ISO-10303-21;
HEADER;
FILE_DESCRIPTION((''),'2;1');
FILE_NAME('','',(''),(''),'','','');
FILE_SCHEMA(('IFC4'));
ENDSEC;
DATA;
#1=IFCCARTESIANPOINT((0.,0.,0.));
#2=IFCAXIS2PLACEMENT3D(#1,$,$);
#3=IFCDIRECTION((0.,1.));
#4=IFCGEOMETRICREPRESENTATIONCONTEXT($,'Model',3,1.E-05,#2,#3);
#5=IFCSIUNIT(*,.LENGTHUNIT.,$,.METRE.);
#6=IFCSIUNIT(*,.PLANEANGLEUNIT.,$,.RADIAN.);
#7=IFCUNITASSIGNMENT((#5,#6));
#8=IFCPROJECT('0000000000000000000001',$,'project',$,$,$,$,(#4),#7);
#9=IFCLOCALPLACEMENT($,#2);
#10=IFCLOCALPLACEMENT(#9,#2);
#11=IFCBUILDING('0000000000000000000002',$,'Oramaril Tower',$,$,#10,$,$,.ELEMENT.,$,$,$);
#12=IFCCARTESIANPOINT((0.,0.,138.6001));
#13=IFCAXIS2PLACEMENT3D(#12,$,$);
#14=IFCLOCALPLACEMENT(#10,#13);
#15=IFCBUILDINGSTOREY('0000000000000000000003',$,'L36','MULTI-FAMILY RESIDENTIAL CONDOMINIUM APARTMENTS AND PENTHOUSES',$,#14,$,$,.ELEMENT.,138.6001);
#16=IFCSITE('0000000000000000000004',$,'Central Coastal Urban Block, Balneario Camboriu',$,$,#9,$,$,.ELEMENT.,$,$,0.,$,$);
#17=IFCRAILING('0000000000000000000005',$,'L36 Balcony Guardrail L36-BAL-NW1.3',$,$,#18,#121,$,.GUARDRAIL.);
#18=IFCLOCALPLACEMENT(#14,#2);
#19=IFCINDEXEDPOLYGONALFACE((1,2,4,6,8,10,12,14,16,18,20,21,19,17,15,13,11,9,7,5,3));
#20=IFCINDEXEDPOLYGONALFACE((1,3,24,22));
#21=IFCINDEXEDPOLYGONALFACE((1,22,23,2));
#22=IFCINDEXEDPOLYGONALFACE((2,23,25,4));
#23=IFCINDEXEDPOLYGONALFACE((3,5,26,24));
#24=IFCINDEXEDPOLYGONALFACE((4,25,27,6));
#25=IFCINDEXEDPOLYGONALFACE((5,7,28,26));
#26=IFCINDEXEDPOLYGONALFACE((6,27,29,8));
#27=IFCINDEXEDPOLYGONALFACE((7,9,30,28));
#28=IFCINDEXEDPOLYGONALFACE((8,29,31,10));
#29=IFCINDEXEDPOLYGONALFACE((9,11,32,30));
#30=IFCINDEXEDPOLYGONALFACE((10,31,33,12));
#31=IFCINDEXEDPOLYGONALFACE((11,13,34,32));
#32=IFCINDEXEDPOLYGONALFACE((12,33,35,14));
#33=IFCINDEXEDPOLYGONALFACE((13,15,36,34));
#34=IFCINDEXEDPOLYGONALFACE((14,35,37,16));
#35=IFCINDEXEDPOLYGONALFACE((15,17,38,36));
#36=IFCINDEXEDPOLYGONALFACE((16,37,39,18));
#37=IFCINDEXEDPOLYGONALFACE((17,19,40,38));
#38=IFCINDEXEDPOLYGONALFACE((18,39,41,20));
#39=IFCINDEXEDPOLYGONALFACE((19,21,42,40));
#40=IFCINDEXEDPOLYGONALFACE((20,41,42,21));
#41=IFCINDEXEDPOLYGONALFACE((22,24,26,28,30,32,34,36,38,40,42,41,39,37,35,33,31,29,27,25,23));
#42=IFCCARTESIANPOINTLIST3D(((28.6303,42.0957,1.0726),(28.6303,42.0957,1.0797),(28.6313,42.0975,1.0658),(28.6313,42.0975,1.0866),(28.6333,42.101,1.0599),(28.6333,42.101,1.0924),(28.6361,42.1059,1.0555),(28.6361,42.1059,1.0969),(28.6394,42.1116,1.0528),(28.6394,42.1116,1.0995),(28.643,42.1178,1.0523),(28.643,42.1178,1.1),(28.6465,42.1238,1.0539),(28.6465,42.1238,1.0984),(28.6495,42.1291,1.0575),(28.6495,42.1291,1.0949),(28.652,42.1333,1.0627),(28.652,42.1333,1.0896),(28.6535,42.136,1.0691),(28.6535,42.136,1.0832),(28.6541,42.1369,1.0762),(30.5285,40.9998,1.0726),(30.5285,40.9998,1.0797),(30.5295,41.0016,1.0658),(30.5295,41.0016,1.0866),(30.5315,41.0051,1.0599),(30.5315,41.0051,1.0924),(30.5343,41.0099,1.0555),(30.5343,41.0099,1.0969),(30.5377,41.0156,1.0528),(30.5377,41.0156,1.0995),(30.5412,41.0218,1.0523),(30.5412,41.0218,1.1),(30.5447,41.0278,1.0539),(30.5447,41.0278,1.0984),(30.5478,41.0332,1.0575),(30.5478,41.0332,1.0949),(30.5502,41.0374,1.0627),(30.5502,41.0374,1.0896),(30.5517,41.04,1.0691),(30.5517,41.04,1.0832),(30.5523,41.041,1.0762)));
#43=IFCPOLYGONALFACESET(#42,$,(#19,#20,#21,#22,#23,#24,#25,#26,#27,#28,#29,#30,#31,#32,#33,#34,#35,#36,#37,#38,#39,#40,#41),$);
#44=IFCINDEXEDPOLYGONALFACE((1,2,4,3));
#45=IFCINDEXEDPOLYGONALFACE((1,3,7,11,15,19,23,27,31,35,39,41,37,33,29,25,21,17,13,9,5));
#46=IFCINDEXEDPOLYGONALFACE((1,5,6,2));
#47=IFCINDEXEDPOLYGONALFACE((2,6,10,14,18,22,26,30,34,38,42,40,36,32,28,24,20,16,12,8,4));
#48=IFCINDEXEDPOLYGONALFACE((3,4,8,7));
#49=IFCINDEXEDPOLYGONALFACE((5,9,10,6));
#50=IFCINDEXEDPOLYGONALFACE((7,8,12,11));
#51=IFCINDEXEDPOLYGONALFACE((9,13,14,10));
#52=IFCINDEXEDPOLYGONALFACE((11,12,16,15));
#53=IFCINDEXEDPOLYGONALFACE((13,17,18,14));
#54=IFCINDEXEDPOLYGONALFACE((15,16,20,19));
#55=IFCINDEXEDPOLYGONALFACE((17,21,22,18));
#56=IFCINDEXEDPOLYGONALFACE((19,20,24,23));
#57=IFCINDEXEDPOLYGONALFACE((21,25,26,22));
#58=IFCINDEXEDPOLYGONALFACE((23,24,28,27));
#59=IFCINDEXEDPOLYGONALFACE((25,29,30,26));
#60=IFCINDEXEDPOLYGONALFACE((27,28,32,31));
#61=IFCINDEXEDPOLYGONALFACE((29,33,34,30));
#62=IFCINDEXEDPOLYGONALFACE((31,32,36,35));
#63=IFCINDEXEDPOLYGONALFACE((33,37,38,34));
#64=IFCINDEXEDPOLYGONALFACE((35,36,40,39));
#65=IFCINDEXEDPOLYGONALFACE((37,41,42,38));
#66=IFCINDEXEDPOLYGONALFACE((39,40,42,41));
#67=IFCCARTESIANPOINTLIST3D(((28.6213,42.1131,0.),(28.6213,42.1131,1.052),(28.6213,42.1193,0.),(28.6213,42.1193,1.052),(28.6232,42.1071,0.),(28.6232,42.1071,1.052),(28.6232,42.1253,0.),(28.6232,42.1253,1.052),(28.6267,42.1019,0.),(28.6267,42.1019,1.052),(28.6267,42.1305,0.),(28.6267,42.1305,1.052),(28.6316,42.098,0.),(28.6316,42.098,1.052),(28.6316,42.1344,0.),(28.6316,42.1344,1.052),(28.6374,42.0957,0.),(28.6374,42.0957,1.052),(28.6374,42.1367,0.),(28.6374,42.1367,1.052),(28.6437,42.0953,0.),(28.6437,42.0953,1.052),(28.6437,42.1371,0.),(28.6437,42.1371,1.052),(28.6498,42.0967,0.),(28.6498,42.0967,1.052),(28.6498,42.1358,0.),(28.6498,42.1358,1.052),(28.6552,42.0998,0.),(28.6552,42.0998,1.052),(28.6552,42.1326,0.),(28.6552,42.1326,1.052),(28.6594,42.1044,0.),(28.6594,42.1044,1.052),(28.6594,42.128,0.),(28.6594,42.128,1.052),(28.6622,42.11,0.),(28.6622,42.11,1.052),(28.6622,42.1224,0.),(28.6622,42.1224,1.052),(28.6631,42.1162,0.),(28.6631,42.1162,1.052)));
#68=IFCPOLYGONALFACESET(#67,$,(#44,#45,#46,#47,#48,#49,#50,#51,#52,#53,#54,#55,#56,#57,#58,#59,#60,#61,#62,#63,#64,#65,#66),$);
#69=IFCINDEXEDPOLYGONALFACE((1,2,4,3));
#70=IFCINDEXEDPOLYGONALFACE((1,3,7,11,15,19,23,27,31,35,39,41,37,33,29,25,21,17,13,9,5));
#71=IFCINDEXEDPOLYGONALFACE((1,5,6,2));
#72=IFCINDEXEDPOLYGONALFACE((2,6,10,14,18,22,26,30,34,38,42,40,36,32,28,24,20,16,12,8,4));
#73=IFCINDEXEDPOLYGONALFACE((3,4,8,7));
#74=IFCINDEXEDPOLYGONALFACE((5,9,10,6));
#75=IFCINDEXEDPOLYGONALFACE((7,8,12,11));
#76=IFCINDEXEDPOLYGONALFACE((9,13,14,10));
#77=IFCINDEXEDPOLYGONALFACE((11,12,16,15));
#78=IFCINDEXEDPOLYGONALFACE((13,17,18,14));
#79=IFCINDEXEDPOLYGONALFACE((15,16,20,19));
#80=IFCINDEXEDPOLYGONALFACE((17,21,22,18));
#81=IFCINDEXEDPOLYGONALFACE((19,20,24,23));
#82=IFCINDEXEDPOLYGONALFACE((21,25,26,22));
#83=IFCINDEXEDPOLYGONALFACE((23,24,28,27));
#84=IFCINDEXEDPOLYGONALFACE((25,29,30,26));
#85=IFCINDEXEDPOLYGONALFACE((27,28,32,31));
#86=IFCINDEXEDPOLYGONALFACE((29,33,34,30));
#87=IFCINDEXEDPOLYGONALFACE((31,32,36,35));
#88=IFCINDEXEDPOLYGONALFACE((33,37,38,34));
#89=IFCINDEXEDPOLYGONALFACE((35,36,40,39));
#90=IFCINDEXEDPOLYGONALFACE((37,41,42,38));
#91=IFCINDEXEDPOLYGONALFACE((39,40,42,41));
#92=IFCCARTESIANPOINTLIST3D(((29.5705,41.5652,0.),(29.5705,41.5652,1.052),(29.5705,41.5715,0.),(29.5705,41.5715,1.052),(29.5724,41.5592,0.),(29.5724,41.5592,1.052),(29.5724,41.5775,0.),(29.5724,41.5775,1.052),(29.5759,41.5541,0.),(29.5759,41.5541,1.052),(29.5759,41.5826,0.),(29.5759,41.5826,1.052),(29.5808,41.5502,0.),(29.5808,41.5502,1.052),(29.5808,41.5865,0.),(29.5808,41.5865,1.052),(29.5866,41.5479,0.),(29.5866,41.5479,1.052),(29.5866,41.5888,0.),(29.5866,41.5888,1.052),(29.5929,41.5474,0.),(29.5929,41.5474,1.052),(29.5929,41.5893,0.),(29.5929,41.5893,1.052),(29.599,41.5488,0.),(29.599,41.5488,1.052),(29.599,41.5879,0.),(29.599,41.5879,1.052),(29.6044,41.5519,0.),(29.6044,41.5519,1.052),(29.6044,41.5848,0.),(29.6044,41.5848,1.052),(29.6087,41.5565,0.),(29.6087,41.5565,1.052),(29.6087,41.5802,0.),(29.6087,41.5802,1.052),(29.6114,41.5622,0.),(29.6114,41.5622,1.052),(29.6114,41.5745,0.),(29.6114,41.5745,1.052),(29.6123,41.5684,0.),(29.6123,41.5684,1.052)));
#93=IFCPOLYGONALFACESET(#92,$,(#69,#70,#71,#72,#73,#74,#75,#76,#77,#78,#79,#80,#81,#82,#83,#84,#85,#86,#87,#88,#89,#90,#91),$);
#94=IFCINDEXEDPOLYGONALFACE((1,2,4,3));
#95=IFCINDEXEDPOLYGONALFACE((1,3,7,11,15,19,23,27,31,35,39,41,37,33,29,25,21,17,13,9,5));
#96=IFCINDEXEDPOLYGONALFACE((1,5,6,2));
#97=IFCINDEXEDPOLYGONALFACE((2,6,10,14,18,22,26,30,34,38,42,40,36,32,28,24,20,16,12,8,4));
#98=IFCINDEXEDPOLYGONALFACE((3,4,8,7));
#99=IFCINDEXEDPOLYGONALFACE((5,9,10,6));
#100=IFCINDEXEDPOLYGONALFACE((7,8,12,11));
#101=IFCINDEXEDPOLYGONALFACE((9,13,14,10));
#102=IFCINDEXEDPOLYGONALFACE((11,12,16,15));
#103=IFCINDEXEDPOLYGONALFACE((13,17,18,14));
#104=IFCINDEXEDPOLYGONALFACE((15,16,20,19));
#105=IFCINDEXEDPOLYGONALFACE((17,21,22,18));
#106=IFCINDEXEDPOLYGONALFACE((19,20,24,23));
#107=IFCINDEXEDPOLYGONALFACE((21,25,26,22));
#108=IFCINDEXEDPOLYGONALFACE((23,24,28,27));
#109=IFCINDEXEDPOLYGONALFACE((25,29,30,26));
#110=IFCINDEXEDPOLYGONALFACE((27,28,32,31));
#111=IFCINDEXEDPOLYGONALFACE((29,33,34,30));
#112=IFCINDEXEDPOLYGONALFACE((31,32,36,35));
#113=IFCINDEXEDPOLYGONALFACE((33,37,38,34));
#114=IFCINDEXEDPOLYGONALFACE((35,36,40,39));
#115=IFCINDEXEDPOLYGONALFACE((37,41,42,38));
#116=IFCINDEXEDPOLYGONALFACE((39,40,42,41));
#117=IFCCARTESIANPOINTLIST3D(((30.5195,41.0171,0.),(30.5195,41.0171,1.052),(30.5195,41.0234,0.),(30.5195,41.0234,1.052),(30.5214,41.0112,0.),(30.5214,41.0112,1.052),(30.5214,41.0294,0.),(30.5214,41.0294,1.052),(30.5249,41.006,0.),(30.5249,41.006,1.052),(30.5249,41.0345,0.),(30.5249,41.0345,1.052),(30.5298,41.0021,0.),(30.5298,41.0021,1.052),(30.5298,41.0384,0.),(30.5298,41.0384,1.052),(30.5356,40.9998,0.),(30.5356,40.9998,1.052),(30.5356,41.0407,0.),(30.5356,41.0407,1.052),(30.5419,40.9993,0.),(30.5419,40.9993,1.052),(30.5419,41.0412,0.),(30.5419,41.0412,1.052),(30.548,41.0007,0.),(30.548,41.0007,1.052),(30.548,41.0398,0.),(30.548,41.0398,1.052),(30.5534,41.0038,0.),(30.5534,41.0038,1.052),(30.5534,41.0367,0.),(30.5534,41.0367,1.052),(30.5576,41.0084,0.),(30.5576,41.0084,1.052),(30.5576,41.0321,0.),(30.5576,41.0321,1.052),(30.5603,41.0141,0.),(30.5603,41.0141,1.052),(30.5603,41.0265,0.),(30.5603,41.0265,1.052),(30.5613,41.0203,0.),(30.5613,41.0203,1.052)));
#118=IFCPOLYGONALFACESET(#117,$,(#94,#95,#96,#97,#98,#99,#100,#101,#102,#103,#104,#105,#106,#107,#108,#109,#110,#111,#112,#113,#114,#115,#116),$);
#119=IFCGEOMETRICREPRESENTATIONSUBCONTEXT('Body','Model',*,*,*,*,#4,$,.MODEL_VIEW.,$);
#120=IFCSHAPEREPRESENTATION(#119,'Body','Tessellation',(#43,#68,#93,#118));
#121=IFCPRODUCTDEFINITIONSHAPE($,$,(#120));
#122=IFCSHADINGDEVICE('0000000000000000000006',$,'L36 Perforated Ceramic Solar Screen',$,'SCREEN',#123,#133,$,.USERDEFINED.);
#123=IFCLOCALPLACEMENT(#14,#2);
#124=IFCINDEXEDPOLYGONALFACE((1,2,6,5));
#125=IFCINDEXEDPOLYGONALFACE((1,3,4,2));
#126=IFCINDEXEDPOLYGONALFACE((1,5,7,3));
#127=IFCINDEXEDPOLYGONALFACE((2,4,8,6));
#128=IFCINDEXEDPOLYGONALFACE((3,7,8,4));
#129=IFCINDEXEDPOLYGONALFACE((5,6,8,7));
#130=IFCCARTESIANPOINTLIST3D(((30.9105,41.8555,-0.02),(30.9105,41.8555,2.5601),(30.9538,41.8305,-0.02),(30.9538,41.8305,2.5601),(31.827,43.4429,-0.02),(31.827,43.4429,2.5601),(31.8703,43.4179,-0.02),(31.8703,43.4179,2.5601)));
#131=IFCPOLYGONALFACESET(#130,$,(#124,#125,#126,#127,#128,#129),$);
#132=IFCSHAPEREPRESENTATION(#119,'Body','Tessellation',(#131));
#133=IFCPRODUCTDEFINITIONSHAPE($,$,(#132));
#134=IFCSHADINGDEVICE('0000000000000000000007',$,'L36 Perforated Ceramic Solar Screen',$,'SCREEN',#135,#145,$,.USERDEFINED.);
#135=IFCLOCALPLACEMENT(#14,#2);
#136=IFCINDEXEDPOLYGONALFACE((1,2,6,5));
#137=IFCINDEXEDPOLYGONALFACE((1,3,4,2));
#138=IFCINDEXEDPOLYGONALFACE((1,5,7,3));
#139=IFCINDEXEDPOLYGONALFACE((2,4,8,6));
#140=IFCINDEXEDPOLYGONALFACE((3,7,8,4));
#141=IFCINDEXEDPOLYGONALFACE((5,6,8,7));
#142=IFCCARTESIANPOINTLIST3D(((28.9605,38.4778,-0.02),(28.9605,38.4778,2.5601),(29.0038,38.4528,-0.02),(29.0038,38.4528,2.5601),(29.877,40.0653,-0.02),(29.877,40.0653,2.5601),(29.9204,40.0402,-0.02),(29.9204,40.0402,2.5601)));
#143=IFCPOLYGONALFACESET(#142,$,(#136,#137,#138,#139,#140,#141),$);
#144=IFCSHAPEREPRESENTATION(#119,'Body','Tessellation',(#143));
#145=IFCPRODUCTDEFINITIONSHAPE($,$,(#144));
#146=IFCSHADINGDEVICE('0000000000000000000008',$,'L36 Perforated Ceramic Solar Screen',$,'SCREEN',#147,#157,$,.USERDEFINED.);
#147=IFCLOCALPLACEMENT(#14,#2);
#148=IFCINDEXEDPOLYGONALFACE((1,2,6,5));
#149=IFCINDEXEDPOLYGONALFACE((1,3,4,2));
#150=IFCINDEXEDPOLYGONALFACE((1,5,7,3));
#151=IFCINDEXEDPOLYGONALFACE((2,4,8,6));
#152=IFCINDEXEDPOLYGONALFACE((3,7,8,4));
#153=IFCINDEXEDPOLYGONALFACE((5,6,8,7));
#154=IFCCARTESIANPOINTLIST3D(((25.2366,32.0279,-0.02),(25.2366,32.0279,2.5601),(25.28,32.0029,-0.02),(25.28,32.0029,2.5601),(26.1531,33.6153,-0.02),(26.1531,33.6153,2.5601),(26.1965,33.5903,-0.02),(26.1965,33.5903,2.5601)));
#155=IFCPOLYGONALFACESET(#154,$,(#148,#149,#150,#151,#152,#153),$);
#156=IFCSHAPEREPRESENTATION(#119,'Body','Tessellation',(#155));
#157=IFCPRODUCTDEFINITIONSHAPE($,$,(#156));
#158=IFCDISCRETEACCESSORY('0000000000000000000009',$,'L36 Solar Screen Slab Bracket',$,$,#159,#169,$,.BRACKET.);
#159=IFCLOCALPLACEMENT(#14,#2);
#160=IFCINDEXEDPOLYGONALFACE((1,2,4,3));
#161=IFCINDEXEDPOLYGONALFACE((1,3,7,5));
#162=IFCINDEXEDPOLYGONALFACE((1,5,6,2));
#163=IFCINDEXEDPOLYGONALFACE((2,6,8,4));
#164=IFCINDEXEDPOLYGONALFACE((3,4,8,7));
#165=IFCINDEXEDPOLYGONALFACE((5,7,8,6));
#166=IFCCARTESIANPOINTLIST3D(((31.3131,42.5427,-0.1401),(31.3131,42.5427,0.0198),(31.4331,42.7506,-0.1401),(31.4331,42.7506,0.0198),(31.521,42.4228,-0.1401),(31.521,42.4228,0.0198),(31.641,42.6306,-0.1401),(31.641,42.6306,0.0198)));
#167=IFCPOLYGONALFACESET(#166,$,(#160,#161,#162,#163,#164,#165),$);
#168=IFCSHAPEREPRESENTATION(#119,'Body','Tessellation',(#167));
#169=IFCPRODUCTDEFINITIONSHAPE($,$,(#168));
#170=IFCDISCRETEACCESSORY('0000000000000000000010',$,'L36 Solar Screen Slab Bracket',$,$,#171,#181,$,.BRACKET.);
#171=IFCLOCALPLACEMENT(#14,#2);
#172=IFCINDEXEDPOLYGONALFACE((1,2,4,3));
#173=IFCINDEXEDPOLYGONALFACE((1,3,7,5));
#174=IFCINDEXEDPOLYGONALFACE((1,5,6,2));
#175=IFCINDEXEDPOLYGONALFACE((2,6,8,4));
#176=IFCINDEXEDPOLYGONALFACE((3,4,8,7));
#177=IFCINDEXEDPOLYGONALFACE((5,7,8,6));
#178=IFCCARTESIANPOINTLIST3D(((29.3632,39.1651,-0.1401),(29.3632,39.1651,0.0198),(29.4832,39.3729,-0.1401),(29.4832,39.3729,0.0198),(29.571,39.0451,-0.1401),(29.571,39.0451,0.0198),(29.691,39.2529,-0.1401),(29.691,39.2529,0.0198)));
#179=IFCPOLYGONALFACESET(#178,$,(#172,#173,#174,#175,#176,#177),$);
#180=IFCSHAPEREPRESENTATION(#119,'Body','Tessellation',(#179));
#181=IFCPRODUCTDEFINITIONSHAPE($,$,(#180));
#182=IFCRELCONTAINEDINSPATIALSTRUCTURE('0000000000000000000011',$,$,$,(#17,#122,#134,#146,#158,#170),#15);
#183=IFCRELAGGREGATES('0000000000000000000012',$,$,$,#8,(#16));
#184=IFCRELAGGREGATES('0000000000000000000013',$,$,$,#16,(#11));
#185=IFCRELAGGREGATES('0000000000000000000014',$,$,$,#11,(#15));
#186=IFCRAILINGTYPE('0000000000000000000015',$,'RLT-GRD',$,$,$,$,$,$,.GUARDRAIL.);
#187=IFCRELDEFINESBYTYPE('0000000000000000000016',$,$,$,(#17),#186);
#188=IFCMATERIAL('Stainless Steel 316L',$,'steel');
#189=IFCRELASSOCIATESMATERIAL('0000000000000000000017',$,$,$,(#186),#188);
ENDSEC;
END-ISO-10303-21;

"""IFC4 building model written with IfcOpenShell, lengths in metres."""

from ifc_helpers import new_model, si_unit, direction, frame, origin, origin_2d, place, context, subcontext, project, spatial, rectangle, circle, extrude, material, type_object, element, save


model = new_model("IFC4")

# Units and contexts
model_context = context("Model", 3, precision=1e-05, world=origin(), true_north=direction((0.0, 1.0)))
body_context = subcontext(model_context, "Body", "Model", "MODEL_VIEW")
ifc_project = project(units=[si_unit("LENGTHUNIT", "METRE"), si_unit("PLANEANGLEUNIT", "RADIAN")], contexts=[model_context])

# Site, building, storey
site_placement = place(None, origin())
site = spatial("IfcSite", under=ifc_project, at=site_placement, Name="Central Coastal Urban Block, Balneario Camboriu", CompositionType="ELEMENT", RefElevation=0.0)
building_placement = place(site_placement, origin())
building = spatial("IfcBuilding", under=site, at=building_placement, Name="Oramaril Tower", CompositionType="ELEMENT")
storey_placement = place(building_placement, frame((0.0, 0.0, 138.6001)))
storey = spatial("IfcBuildingStorey", under=building, at=storey_placement, Name="L36", Description="MULTI-FAMILY RESIDENTIAL CONDOMINIUM APARTMENTS AND PENTHOUSES", CompositionType="ELEMENT", Elevation=138.6001)

# Railing
ifc_material_1 = material(Name="Stainless Steel 316L", Category="steel")
railing_type = type_object("IfcRailingType", Name="RLT-GRD", PredefinedType="GUARDRAIL", material=ifc_material_1)
railing_1_placement = place(storey_placement, frame((28.6421, 42.1162, 0.0)))
element("IfcRailing", 1, at=railing_1_placement, inside=storey, type_object=railing_type, Name="L36 Balcony Guardrail L36-BAL-NW1.3", PredefinedType="GUARDRAIL", context=body_context, shape_type="SweptSolid", body=[
    extrude(circle(Radius=0.0239, at=origin_2d()), frame((0.0, 0.0, 1.0762), z_axis=(0.866021, -0.500008, 0.0), x_axis=(0.500008, 0.866021, 0.0)), (0.0, 0.0, 1.0), 2.1919),
    extrude(circle(Radius=0.021, at=origin_2d()), origin(), (0.0, 0.0, 1.0), 1.052),
    extrude(circle(Radius=0.021, at=origin_2d()), frame((0.9492, -0.5479, 0.0)), (0.0, 0.0, 1.0), 1.052),
    extrude(circle(Radius=0.021, at=origin_2d()), frame((1.8982, -1.0959, 0.0)), (0.0, 0.0, 1.0), 1.052),
])

# Shading devices
for number, where, z_axis, x_axis, name in (
    (2, (31.3904, 42.6367, -0.02), (0.0, 0.0, 1.0), (-0.5, -0.866025, 0.0), "L36 Perforated Ceramic Solar Screen"),
    (3, (29.4404, 39.259, -0.02), (0.0, 0.0, 1.0), (-0.5, -0.866025, 0.0), "L36 Perforated Ceramic Solar Screen"),
    (4, (25.7166, 32.8091, -0.02), (0.0, 0.0, 1.0), (-0.5, -0.866025, 0.0), "L36 Perforated Ceramic Solar Screen"),
):
    element("IfcShadingDevice", number, at=place(storey_placement, frame(where, z_axis=z_axis, x_axis=x_axis)), inside=storey, Name=name, ObjectType="SCREEN", PredefinedType="USERDEFINED", context=body_context, shape_type="SweptSolid", body=[
        extrude(rectangle(XDim=1.833, YDim=0.05, at=origin_2d()), origin(), (0.0, 0.0, 1.0), 2.5801),
    ])

# Discrete accessories
for number, where, z_axis, x_axis, name in (
    (5, (31.4771, 42.5867, -0.1401), (0.0, 0.0, 1.0), (-0.5, -0.866025, 0.0), "L36 Solar Screen Slab Bracket"),
    (6, (29.5271, 39.209, -0.1401), (0.0, 0.0, 1.0), (-0.5, -0.866025, 0.0), "L36 Solar Screen Slab Bracket"),
):
    element("IfcDiscreteAccessory", number, at=place(storey_placement, frame(where, z_axis=z_axis, x_axis=x_axis)), inside=storey, Name=name, PredefinedType="BRACKET", context=body_context, shape_type="SweptSolid", body=[
        extrude(rectangle(XDim=0.24, YDim=0.24, at=origin_2d()), origin(), (0.0, 0.0, 1.0), 0.1599),
    ])

save(model, "model.ifc")
